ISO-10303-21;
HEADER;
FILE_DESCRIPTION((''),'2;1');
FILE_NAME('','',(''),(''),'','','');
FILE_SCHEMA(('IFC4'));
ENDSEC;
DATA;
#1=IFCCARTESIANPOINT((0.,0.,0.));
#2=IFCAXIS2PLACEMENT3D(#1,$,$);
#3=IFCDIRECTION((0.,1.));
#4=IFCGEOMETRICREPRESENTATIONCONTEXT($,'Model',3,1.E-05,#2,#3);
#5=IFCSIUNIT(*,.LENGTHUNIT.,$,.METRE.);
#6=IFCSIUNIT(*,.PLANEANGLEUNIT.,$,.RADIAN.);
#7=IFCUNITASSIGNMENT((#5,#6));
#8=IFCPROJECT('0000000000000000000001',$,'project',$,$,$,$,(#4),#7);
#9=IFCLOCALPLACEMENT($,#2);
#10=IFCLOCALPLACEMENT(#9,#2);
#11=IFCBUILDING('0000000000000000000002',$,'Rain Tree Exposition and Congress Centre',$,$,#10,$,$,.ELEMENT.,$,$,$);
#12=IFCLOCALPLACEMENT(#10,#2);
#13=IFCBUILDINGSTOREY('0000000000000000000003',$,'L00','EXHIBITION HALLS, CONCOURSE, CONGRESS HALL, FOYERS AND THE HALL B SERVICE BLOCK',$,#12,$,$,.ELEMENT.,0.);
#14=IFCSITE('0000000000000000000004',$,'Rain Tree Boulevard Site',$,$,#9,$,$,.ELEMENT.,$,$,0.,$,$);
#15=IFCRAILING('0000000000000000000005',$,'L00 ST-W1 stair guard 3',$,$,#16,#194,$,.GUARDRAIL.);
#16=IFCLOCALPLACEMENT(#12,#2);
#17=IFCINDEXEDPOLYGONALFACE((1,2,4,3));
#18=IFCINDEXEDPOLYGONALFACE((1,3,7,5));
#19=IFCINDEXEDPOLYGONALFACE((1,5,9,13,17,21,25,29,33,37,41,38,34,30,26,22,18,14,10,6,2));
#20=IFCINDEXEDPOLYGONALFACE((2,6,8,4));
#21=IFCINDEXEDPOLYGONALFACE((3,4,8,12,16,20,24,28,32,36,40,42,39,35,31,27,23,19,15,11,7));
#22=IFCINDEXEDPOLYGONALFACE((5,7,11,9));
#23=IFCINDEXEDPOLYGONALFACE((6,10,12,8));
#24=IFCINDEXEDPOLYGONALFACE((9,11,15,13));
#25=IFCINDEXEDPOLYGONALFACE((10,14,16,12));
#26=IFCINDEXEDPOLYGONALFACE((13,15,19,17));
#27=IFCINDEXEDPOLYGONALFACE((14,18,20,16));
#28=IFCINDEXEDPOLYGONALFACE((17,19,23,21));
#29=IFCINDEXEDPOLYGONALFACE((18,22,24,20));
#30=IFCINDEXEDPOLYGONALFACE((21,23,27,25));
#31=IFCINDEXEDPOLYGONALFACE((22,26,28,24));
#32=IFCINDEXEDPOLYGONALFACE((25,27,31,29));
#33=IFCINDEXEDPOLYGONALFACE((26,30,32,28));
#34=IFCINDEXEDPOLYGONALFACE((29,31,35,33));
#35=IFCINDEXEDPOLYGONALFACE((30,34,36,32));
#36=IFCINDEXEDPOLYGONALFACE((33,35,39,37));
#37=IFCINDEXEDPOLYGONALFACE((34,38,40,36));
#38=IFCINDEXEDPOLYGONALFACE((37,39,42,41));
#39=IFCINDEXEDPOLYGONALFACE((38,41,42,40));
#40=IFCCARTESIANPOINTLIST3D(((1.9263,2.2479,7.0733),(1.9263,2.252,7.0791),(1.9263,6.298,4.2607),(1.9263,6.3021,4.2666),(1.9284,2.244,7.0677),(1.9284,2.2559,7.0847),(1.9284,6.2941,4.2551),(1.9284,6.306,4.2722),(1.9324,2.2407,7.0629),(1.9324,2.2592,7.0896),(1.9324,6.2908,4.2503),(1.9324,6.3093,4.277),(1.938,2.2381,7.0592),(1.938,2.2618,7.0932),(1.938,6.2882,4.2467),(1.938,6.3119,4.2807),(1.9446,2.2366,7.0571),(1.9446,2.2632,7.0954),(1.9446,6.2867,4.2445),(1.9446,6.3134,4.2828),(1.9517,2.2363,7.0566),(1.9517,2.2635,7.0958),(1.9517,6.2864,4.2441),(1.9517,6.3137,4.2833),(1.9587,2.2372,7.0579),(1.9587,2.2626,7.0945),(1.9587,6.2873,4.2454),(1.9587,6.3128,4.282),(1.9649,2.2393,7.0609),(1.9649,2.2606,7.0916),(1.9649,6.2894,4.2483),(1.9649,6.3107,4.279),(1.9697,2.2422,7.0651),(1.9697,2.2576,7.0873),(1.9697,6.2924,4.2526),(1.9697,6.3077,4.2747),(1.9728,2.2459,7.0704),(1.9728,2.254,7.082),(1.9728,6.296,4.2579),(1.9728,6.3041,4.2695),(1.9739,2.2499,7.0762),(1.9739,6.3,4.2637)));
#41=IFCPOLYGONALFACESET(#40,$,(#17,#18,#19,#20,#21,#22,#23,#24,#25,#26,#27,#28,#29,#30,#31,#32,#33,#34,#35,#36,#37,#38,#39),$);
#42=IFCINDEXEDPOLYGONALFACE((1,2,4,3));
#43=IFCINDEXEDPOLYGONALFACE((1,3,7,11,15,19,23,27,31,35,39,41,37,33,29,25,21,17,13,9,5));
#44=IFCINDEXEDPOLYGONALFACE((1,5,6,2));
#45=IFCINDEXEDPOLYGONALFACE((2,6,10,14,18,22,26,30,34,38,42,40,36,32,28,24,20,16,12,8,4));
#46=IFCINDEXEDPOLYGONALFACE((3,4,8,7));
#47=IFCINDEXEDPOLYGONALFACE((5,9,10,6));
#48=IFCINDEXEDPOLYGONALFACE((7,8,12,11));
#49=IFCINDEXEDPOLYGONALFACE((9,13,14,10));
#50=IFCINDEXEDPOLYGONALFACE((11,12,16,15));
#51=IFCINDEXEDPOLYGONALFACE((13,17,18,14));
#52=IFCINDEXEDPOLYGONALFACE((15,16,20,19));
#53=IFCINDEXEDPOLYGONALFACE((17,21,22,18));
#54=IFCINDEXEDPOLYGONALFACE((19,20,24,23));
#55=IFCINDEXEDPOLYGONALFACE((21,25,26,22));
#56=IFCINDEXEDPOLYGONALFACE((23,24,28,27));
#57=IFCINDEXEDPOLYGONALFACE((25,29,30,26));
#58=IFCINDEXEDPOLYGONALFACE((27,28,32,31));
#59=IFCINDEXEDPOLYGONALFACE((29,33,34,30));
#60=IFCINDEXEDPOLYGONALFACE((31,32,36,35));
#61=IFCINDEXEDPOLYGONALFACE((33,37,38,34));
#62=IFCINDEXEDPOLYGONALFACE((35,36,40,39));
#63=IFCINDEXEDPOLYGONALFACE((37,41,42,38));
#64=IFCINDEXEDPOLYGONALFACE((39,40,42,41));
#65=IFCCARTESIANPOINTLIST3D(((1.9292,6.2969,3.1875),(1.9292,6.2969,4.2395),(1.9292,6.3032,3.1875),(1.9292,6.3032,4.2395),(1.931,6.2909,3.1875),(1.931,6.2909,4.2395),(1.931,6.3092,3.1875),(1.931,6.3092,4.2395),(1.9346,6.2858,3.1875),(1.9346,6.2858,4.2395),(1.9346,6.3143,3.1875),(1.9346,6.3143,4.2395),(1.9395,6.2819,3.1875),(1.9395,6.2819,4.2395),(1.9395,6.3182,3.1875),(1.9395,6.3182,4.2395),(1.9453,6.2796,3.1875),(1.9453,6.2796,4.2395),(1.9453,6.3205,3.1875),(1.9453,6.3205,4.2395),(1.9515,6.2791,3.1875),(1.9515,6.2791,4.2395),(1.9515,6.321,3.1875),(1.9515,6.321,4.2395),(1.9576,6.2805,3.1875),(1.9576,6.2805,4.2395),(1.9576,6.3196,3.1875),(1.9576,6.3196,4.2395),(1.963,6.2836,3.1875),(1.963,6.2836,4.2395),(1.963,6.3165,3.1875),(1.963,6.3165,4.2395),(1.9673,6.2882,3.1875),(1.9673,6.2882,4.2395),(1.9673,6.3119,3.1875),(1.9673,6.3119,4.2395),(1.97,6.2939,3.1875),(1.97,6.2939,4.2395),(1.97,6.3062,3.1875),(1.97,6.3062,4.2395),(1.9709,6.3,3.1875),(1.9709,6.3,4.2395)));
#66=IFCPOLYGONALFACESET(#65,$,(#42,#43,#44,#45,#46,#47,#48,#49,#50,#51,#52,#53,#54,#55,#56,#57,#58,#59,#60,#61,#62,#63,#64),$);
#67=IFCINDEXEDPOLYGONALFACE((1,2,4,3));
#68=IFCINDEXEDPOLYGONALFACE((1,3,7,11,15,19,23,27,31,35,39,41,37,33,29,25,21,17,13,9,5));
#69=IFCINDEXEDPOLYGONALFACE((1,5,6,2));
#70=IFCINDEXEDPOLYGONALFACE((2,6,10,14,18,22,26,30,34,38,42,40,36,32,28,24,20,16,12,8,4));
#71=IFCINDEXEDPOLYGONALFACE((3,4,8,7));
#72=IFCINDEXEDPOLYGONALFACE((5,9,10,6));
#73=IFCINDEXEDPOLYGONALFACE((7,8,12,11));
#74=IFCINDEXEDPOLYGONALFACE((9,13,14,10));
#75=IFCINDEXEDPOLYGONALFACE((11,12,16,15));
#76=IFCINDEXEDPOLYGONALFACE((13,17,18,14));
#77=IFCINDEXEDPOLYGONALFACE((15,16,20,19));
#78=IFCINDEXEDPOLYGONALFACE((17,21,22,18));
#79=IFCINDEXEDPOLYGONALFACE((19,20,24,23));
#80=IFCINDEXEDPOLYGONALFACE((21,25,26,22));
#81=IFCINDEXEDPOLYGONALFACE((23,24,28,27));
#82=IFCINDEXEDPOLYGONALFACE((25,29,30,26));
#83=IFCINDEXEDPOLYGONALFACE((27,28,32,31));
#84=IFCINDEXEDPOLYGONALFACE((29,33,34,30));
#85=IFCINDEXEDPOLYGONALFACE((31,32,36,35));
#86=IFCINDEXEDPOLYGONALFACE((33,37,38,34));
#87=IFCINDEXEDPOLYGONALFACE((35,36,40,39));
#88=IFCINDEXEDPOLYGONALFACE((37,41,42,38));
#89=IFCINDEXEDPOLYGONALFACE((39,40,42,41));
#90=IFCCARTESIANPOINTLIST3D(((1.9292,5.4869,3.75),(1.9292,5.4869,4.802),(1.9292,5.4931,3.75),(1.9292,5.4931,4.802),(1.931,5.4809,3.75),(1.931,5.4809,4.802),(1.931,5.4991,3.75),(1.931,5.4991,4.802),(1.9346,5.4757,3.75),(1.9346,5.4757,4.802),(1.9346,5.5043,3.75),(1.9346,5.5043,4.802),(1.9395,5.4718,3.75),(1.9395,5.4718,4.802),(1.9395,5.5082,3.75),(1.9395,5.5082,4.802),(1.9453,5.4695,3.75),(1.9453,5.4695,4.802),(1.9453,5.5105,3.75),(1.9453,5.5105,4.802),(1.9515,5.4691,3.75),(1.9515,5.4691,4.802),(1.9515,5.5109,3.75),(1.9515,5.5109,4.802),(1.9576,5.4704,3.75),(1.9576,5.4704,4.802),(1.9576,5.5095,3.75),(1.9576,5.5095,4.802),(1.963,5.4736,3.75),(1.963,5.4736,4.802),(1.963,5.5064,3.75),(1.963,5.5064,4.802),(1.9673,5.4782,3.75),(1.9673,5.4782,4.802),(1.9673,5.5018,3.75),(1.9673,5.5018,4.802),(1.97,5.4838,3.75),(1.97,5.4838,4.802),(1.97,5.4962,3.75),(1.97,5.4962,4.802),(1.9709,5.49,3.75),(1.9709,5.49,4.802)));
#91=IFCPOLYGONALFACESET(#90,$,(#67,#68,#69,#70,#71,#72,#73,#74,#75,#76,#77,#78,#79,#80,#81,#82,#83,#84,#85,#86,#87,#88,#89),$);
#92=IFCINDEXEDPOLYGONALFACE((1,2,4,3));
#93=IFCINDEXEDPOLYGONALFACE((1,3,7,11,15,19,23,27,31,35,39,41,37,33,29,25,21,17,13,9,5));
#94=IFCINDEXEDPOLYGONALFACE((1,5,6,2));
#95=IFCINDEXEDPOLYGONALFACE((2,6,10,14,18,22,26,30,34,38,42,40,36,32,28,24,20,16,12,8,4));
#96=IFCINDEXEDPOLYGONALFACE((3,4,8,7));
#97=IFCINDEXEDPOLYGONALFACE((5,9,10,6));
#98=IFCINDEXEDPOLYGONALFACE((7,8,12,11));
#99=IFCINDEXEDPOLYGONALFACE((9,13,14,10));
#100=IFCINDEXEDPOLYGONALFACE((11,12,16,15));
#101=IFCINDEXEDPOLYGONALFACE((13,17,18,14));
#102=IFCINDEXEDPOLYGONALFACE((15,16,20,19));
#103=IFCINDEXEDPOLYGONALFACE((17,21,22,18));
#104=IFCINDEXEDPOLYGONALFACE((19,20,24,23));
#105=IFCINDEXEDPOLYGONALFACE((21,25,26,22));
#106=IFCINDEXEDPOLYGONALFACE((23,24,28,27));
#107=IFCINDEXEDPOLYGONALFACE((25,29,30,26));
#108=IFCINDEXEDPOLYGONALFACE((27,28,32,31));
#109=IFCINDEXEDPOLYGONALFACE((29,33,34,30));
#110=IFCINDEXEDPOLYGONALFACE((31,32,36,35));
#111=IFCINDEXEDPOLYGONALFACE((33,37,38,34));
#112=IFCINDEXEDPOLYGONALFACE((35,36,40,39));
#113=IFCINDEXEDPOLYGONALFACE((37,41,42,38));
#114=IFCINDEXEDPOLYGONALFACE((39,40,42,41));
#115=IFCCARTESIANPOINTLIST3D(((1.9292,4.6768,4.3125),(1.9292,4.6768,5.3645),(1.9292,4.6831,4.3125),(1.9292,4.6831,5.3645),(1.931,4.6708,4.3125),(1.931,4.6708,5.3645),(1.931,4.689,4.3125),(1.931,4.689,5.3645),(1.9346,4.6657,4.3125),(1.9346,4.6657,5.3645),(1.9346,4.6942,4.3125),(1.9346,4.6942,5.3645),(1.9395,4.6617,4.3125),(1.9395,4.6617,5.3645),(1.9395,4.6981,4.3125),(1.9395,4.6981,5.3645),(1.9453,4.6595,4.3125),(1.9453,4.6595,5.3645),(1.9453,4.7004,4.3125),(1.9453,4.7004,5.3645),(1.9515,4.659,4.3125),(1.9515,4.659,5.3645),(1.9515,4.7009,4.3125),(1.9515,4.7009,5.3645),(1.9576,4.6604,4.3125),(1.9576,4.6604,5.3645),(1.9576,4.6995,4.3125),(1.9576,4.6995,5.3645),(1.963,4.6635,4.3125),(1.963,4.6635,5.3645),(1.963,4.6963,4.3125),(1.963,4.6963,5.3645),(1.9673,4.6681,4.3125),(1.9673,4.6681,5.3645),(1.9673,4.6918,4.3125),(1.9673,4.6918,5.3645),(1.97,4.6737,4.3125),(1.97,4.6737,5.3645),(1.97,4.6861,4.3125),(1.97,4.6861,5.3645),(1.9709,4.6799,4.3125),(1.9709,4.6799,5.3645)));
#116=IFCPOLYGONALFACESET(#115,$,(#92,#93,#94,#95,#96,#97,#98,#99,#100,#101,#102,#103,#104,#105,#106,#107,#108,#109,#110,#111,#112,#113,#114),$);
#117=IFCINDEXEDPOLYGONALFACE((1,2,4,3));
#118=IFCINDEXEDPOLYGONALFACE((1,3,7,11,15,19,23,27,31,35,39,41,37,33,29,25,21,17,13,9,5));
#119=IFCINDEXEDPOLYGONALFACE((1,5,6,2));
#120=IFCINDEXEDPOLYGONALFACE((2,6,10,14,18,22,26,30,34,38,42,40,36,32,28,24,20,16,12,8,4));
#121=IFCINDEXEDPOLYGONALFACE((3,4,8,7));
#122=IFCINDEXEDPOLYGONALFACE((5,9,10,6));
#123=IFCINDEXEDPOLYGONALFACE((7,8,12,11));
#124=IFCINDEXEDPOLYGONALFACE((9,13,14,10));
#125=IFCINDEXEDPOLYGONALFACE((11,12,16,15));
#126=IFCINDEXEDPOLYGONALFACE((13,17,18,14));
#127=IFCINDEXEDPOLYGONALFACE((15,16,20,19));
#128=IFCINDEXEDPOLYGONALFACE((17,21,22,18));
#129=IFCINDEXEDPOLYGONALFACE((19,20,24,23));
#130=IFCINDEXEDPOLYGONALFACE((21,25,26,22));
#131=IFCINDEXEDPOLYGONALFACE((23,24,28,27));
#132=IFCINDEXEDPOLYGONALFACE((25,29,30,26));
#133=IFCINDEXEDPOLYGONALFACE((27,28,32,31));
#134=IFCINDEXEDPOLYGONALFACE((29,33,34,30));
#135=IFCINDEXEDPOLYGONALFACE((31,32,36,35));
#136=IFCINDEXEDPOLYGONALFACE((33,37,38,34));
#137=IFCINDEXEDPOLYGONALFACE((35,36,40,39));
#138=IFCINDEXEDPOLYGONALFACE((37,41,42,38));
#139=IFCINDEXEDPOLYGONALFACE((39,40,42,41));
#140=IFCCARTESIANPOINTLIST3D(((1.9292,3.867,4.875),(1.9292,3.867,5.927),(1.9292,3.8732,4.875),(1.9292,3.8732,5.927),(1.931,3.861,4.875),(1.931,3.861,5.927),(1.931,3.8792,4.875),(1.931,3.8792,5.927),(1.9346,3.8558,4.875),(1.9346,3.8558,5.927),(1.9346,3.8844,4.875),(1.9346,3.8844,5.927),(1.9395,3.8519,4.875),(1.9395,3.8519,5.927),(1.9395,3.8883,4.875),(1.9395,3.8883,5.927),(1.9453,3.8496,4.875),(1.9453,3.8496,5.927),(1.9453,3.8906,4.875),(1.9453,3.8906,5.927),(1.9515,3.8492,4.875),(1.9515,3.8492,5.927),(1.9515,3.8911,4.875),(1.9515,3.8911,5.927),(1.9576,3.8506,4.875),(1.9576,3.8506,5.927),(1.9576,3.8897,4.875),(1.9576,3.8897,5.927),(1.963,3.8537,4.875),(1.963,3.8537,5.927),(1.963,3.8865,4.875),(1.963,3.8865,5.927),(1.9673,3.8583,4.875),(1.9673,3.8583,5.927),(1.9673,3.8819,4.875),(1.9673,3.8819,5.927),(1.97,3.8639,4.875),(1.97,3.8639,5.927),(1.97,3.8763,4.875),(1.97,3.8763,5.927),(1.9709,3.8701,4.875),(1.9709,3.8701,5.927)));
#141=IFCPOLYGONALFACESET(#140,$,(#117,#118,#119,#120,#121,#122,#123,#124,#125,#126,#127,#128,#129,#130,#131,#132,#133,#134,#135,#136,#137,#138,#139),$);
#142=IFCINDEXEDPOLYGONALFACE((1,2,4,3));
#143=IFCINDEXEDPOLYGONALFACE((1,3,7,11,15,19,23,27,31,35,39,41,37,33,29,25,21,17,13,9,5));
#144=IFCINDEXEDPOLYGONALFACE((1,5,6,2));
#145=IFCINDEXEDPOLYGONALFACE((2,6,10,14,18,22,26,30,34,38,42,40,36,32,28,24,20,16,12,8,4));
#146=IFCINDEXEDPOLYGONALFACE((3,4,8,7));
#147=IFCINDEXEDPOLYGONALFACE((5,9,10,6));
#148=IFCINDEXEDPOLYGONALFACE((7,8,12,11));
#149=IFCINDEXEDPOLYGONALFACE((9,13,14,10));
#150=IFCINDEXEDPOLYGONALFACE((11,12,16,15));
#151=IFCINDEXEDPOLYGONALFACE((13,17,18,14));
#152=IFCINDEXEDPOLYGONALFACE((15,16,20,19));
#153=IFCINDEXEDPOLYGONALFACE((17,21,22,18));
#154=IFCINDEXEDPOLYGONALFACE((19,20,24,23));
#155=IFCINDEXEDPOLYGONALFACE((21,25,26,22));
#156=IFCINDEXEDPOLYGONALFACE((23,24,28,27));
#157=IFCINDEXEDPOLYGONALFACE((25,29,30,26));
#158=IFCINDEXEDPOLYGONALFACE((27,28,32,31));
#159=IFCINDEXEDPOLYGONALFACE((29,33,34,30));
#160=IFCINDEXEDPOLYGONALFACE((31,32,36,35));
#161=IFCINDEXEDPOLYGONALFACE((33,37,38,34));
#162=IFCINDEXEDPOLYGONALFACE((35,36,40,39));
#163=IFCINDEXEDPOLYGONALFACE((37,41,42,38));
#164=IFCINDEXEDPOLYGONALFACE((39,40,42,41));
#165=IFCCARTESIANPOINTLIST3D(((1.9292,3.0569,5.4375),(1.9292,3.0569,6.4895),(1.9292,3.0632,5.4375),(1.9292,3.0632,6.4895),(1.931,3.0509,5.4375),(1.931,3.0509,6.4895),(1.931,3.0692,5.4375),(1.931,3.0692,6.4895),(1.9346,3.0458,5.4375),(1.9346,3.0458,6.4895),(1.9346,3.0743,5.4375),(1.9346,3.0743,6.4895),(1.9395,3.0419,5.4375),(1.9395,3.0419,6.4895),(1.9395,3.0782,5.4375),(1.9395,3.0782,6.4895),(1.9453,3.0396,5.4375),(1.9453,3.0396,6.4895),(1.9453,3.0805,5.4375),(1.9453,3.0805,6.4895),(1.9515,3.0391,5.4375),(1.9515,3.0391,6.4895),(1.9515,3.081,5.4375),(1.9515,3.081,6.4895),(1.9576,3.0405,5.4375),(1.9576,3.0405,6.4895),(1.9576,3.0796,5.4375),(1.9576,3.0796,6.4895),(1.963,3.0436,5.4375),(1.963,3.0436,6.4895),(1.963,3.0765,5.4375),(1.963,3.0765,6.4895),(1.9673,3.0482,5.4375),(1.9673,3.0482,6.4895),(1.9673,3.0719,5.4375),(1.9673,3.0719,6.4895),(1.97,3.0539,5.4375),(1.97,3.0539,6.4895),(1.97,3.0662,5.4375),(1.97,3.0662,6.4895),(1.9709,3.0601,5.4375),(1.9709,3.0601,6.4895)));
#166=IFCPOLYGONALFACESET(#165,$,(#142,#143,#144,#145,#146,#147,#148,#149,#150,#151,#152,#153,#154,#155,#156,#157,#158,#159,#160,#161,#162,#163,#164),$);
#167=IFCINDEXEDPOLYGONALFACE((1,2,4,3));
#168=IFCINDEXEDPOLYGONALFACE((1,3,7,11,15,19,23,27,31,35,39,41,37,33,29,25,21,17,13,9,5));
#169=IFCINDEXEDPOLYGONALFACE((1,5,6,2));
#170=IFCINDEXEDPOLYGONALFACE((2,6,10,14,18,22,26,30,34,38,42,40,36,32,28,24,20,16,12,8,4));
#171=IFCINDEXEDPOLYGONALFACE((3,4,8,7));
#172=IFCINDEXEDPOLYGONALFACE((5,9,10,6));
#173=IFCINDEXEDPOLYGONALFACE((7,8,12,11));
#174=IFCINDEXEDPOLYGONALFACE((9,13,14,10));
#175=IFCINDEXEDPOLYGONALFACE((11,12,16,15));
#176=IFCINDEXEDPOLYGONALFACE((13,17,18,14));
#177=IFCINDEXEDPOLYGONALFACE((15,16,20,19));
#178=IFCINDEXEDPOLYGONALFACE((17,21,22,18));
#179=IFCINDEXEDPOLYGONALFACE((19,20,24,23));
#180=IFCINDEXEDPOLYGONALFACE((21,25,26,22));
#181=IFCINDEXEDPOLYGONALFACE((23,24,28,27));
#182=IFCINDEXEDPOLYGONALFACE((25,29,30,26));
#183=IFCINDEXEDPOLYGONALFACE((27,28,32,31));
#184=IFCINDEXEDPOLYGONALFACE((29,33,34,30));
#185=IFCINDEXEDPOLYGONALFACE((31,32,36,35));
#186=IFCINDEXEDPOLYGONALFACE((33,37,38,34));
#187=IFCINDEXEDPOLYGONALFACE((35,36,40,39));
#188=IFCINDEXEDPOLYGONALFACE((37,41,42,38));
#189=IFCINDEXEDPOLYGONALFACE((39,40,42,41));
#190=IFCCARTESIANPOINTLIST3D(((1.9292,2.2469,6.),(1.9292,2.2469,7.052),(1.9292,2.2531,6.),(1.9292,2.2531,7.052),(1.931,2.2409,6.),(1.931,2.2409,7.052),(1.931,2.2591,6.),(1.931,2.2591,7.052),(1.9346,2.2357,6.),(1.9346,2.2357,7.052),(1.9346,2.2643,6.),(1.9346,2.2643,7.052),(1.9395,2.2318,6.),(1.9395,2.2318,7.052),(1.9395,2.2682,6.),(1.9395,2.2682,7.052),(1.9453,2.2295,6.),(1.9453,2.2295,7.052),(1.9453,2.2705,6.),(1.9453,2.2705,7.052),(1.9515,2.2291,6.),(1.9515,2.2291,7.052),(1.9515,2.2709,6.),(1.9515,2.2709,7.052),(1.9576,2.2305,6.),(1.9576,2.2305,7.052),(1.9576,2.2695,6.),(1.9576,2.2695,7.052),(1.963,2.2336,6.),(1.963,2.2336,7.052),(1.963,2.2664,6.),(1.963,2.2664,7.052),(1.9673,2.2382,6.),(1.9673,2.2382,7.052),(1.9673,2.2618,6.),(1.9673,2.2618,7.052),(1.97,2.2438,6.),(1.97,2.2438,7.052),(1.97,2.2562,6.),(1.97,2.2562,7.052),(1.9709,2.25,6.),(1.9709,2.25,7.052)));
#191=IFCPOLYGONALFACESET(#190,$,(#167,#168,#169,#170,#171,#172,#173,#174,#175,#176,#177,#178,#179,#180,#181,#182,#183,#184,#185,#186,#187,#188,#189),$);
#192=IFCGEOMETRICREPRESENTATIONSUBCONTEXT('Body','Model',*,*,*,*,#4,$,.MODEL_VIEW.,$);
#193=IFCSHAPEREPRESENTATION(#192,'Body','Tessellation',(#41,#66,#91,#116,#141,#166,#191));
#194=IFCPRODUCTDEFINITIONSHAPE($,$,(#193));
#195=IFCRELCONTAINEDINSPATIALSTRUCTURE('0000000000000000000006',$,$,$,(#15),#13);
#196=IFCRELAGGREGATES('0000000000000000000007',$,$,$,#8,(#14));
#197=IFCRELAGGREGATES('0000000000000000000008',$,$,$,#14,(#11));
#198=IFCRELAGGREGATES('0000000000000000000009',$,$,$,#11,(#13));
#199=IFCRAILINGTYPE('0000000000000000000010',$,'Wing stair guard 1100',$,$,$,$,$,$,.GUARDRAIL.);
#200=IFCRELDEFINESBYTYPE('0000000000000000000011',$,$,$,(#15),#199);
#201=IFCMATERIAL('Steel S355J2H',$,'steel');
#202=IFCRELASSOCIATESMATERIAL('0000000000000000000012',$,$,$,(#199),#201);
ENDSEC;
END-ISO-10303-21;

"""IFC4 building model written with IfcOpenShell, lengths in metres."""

from ifc_helpers import new_model, si_unit, direction, frame, origin, origin_2d, place, context, subcontext, project, spatial, circle, extrude, material, type_object, element, save


model = new_model("IFC4")

# Units and contexts
model_context = context("Model", 3, precision=1e-05, world=origin(), true_north=direction((0.0, 1.0)))
body_context = subcontext(model_context, "Body", "Model", "MODEL_VIEW")
ifc_project = project(units=[si_unit("LENGTHUNIT", "METRE"), si_unit("PLANEANGLEUNIT", "RADIAN")], contexts=[model_context])

# Site, building, storey
site_placement = place(None, origin())
site = spatial("IfcSite", under=ifc_project, at=site_placement, Name="Rain Tree Boulevard Site", CompositionType="ELEMENT", RefElevation=0.0)
building_placement = place(site_placement, origin())
building = spatial("IfcBuilding", under=site, at=building_placement, Name="Rain Tree Exposition and Congress Centre", CompositionType="ELEMENT")
storey_placement = place(building_placement, origin())
storey = spatial("IfcBuildingStorey", under=building, at=storey_placement, Name="L00", Description="EXHIBITION HALLS, CONCOURSE, CONGRESS HALL, FOYERS AND THE HALL B SERVICE BLOCK", CompositionType="ELEMENT", Elevation=0.0)

# Railing
ifc_material_1 = material(Name="Steel S355J2H", Category="steel")
railing_type_1 = type_object("IfcRailingType", Name="Wing stair guard 1100", PredefinedType="GUARDRAIL", material=ifc_material_1)
railing_1_placement = place(storey_placement, frame((1.95, 6.3, 3.1875)))
element("IfcRailing", 1, at=railing_1_placement, inside=storey, type_object=railing_type_1, Name="L00 ST-W1 stair guard 3", PredefinedType="GUARDRAIL", context=body_context, shape_type="SweptSolid", body=[
    extrude(circle(Radius=0.0239, at=origin_2d()), frame((0.0, 0.0, 1.0762), z_axis=(0.0, -0.821373, 0.570391), x_axis=(1.0, 0.0, 0.0)), (0.0, 0.0, 1.0), 4.9309),
    extrude(circle(Radius=0.021, at=origin_2d()), origin(), (0.0, 0.0, 1.0), 1.052),
    extrude(circle(Radius=0.021, at=origin_2d()), frame((0.0, -0.8101, 0.5625)), (0.0, 0.0, 1.0), 1.052),
    extrude(circle(Radius=0.021, at=origin_2d()), frame((0.0, -1.6201, 1.125)), (0.0, 0.0, 1.0), 1.052),
    extrude(circle(Radius=0.021, at=origin_2d()), frame((0.0, -2.4299, 1.6875)), (0.0, 0.0, 1.0), 1.052),
    extrude(circle(Radius=0.021, at=origin_2d()), frame((0.0, -3.24, 2.25)), (0.0, 0.0, 1.0), 1.052),
    extrude(circle(Radius=0.021, at=origin_2d()), frame((0.0, -4.05, 2.8125)), (0.0, 0.0, 1.0), 1.052),
])

save(model, "model.ifc")
